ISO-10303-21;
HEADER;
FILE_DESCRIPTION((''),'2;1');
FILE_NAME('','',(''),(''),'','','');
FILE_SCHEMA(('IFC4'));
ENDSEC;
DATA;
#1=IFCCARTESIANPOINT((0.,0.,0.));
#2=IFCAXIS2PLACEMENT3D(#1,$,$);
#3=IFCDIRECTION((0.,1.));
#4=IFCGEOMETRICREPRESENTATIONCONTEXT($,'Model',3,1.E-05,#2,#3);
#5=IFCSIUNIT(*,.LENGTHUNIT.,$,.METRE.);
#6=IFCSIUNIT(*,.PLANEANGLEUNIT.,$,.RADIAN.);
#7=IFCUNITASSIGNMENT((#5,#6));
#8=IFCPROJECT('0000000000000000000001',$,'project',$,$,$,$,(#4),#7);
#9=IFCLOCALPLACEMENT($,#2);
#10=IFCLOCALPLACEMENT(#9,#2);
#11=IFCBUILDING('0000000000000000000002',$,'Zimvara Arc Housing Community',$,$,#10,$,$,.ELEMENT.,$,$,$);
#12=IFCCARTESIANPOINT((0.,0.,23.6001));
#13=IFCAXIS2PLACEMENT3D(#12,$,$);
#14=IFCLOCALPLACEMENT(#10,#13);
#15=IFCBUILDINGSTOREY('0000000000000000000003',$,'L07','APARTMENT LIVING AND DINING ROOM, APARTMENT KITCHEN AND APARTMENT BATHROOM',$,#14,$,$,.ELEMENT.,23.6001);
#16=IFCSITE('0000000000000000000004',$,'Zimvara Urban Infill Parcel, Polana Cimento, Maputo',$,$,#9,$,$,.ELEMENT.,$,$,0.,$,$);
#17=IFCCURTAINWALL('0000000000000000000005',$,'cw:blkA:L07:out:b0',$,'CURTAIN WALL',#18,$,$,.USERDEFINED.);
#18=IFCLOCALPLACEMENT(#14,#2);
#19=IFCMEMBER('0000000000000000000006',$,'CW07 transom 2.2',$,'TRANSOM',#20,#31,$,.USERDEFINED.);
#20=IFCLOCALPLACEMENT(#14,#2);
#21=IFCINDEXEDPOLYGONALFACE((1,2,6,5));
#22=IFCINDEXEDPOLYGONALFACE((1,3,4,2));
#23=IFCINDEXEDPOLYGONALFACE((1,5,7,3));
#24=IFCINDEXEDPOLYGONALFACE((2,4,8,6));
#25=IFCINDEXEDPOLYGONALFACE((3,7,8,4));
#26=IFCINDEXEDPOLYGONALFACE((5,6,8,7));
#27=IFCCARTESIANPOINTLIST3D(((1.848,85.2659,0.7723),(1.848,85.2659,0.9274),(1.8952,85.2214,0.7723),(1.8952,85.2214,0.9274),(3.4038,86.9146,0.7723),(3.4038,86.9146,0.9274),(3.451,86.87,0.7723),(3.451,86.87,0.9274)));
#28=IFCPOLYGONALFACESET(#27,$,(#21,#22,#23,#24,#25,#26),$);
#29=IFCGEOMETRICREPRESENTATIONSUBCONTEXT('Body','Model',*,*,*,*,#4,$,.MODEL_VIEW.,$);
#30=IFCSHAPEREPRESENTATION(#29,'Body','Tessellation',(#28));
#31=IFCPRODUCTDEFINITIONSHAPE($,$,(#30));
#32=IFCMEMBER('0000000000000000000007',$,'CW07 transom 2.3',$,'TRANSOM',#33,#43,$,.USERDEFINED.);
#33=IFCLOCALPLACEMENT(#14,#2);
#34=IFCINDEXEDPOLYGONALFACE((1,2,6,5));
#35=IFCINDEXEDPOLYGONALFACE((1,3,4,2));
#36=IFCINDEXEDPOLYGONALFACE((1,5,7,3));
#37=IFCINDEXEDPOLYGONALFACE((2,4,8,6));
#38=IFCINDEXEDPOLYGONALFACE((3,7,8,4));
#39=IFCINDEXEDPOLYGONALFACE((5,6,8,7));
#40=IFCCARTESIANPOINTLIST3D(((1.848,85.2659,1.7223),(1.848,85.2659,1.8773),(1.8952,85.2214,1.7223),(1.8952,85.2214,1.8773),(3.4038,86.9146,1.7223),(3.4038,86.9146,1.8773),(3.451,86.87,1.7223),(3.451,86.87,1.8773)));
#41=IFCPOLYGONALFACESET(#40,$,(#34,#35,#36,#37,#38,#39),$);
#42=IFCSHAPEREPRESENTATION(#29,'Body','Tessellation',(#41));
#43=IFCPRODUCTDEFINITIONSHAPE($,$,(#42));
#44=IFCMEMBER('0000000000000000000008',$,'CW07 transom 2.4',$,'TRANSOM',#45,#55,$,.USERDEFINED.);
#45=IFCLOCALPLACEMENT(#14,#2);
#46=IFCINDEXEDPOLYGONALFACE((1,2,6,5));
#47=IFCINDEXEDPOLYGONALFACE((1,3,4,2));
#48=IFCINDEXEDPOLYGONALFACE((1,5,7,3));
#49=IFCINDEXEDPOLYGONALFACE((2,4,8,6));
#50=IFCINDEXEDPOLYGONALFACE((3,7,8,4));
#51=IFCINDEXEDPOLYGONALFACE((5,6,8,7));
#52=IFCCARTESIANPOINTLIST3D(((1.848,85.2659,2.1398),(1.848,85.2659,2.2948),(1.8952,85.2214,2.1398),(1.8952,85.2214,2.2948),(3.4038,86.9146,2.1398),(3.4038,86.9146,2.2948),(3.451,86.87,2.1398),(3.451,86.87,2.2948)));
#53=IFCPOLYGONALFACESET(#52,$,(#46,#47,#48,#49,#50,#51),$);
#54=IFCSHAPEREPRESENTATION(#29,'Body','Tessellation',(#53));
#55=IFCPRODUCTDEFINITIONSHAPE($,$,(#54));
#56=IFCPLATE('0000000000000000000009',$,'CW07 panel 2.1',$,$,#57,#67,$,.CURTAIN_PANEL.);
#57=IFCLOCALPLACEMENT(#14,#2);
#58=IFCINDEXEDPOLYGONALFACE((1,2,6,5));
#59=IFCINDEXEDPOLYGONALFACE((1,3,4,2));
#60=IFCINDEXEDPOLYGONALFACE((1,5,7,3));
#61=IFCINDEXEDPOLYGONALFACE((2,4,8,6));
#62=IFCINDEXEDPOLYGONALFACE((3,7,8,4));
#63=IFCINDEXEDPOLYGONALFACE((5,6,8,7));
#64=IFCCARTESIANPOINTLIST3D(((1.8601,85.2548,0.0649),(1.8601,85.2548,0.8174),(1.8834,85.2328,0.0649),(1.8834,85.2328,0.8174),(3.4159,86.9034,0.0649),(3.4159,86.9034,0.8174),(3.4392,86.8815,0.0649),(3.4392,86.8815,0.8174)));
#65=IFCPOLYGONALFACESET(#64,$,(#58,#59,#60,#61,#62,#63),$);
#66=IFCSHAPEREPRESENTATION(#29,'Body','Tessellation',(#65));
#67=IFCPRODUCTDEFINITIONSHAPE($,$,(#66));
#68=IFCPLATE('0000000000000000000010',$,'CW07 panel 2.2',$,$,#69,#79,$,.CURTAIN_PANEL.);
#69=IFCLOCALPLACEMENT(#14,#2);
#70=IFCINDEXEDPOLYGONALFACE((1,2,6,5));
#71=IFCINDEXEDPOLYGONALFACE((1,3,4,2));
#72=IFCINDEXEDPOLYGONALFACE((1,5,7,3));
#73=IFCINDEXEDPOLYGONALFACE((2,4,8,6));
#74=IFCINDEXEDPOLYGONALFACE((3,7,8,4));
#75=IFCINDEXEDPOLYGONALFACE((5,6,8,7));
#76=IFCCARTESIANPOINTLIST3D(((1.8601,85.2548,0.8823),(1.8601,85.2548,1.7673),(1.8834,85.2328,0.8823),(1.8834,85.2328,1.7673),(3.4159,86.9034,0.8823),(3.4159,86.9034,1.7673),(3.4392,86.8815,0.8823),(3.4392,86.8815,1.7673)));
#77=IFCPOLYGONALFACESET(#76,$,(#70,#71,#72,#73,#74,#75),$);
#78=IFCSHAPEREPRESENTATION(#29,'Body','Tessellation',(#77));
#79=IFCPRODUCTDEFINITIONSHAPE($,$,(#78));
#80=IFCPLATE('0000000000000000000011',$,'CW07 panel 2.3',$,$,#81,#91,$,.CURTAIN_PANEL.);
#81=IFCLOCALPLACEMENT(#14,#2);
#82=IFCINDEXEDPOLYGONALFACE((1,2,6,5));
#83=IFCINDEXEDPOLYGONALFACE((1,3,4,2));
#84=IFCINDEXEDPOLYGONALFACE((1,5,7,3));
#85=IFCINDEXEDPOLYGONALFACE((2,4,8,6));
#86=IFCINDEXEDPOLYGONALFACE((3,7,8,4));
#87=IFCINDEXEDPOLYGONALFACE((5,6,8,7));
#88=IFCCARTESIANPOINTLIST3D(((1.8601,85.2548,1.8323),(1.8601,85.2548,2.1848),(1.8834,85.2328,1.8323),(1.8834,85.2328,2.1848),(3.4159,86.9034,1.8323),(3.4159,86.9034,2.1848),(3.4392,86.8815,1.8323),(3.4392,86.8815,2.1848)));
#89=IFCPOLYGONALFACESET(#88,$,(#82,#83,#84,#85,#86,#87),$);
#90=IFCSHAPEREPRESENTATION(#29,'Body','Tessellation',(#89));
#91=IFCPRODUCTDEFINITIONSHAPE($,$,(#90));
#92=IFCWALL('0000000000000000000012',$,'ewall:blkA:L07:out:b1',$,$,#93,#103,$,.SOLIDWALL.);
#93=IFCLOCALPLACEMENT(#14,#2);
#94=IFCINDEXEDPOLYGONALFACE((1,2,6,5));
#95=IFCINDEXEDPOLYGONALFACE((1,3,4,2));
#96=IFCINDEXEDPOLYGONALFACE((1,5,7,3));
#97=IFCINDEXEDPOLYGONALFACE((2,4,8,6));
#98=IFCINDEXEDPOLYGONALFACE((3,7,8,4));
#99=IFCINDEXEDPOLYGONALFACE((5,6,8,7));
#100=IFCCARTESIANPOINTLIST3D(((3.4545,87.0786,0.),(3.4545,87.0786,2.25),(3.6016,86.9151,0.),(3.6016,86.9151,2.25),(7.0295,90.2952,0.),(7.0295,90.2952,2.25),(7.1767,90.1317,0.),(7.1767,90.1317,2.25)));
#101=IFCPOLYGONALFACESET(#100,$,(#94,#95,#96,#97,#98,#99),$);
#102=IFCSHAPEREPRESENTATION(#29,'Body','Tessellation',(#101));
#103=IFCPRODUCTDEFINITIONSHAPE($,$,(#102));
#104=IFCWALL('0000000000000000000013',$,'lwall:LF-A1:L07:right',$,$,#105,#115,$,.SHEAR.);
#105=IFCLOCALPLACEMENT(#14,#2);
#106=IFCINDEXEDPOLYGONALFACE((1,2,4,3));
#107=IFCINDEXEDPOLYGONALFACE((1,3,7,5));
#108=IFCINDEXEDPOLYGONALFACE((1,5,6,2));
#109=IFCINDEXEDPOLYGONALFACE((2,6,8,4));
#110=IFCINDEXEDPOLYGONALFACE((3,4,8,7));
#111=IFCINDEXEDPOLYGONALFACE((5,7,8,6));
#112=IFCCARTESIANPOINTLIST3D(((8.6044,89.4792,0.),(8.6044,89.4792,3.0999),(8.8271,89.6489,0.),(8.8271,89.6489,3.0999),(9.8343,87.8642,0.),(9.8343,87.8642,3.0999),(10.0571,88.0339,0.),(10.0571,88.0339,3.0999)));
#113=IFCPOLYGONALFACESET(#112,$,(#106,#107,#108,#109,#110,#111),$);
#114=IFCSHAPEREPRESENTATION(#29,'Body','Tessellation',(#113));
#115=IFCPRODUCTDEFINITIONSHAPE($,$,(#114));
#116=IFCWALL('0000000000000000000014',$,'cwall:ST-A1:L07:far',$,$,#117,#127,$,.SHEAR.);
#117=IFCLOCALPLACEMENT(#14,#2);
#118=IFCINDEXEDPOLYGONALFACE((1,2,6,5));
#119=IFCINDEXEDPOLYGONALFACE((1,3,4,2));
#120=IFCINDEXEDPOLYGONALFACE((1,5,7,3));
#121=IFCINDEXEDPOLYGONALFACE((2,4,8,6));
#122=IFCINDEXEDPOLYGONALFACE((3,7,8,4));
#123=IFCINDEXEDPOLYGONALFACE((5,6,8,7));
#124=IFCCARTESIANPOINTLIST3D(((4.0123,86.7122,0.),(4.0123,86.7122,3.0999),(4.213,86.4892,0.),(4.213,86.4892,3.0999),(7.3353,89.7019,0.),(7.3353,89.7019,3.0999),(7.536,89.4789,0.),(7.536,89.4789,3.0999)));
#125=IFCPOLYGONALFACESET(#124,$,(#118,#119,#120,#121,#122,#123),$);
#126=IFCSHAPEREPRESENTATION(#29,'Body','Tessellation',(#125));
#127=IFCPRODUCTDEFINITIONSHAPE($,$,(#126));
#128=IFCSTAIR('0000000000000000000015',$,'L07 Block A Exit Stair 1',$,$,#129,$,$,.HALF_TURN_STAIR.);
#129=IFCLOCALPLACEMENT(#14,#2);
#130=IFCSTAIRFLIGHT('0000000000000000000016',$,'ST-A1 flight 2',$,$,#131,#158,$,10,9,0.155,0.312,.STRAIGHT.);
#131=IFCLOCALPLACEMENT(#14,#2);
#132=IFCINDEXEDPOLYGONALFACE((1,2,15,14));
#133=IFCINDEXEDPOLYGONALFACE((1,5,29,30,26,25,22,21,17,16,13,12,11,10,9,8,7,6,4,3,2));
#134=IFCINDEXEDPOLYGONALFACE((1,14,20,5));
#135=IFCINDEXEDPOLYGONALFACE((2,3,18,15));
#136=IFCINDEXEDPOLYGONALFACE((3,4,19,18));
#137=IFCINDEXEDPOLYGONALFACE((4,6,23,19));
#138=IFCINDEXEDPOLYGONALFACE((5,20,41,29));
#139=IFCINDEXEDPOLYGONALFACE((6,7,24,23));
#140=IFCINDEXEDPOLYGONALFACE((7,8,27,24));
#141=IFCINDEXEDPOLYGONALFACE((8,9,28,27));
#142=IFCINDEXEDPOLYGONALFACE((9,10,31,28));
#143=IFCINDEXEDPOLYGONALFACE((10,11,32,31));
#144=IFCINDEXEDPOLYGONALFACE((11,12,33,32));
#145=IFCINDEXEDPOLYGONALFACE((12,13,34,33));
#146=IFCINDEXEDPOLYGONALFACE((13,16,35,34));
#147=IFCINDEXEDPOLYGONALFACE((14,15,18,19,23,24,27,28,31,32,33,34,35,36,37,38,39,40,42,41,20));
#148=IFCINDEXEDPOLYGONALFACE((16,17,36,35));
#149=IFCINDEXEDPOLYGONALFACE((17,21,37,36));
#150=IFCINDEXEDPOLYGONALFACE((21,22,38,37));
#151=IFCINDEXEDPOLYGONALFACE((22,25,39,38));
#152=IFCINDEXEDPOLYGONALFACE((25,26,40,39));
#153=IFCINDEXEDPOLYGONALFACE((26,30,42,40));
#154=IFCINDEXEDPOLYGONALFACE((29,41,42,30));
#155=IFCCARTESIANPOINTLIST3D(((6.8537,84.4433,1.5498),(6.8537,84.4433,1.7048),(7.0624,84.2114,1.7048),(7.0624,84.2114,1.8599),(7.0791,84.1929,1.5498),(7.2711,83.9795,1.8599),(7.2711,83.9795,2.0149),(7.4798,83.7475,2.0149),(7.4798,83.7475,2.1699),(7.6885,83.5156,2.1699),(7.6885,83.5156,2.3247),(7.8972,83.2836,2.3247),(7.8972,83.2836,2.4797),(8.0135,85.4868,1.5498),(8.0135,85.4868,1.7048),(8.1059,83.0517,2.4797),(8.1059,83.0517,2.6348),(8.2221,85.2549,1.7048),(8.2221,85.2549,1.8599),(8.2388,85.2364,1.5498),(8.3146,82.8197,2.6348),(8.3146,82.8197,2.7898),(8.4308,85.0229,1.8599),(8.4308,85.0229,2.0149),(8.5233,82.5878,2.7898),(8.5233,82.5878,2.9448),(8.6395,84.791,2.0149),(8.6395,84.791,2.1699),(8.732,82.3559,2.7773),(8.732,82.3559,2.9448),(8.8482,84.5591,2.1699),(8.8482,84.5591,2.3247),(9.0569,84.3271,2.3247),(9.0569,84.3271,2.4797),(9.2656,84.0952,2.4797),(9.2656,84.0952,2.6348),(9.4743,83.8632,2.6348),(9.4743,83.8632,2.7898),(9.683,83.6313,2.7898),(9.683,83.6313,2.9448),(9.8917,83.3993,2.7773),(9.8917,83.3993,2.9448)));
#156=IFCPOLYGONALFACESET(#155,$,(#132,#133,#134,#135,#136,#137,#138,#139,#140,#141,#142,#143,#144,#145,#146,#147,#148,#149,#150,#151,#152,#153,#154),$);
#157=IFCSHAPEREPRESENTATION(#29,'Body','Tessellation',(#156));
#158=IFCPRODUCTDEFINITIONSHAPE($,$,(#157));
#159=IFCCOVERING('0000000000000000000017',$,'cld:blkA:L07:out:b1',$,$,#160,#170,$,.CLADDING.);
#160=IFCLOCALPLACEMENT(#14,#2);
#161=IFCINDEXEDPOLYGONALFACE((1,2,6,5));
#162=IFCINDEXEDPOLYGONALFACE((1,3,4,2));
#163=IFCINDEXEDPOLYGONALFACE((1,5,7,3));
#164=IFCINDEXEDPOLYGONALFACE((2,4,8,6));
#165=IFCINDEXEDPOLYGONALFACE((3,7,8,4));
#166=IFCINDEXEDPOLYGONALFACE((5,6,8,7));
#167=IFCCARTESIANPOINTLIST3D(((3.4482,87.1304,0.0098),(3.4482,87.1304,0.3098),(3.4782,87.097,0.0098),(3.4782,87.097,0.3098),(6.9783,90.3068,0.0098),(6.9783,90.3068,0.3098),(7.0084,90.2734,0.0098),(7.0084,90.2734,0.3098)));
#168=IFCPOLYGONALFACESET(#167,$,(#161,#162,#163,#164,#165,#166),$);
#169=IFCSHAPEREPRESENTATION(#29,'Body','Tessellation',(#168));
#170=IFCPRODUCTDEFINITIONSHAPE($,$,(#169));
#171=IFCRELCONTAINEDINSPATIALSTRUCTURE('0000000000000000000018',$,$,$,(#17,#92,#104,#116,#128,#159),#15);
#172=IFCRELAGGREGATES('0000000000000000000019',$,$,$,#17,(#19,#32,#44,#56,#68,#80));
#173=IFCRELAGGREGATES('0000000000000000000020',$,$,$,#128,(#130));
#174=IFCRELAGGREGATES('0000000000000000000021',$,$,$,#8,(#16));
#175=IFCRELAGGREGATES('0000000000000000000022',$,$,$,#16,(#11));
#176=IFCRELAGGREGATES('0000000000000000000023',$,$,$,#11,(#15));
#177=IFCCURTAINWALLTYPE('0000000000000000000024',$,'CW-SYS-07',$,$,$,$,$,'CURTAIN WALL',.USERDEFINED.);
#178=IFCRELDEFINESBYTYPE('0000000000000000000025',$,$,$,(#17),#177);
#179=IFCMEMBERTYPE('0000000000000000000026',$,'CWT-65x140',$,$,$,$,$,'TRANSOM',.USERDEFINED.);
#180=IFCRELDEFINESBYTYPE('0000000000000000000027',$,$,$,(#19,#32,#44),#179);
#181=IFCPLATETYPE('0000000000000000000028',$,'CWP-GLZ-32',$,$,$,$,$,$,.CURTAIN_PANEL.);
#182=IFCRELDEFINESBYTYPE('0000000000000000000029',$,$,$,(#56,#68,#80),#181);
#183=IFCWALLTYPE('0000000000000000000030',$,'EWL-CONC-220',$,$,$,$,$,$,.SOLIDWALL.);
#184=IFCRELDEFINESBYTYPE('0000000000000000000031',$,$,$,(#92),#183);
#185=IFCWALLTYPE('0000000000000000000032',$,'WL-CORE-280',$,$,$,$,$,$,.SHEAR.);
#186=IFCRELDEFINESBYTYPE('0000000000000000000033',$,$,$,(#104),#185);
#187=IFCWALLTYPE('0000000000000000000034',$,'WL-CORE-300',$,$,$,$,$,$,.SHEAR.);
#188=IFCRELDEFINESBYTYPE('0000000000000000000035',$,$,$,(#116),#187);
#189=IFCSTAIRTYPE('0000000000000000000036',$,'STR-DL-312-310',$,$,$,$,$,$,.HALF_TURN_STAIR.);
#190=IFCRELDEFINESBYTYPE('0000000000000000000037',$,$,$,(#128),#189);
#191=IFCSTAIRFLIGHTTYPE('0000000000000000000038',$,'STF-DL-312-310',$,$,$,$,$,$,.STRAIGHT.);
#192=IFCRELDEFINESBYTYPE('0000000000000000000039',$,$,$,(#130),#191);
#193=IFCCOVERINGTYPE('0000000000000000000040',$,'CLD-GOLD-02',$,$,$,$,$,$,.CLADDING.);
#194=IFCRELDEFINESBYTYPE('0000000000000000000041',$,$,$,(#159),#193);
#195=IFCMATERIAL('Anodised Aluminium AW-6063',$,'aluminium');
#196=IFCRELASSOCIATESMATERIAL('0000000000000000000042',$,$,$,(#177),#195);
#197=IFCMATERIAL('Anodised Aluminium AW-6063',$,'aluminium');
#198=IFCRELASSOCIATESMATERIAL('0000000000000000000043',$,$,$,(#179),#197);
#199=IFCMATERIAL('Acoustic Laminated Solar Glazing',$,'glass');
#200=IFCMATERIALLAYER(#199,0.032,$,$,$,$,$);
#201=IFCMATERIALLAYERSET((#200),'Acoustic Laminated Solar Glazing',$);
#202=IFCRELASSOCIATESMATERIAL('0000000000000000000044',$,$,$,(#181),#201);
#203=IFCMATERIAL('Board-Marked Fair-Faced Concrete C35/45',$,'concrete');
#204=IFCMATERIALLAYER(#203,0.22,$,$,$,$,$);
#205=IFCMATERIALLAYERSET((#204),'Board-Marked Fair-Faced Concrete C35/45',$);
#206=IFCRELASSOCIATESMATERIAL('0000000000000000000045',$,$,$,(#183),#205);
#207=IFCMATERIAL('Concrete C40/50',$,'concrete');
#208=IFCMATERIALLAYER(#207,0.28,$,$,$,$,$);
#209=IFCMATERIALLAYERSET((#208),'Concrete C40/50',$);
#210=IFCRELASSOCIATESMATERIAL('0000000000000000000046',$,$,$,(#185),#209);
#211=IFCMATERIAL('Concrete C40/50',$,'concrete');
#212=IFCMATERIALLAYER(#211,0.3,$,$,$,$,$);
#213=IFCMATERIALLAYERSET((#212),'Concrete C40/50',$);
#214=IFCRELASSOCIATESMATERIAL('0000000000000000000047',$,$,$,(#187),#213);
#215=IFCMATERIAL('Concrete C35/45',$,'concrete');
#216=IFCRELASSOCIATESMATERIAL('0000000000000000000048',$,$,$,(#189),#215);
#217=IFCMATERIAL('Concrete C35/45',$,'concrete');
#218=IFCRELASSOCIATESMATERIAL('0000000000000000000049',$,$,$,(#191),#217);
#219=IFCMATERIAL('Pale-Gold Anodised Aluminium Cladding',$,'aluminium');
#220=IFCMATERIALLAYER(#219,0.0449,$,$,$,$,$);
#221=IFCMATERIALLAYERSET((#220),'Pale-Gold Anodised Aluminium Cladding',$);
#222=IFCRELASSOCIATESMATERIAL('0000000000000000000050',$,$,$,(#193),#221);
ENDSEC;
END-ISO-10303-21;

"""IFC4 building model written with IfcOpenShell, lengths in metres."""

from ifc_helpers import new_model, si_unit, direction, frame, frame_2d, origin, origin_2d, place, context, subcontext, project, spatial, polyline, rectangle, outline, extrude, material, layer, layer_set, material_profile, profile_set, type_object, element, aggregate, save


model = new_model("IFC4")

# Units and contexts
model_context = context("Model", 3, precision=1e-05, world=origin(), true_north=direction((0.0, 1.0)))
body_context = subcontext(model_context, "Body", "Model", "MODEL_VIEW")
ifc_project = project(units=[si_unit("LENGTHUNIT", "METRE"), si_unit("PLANEANGLEUNIT", "RADIAN")], contexts=[model_context])

# Site, building, storey
site_placement = place(None, origin())
site = spatial("IfcSite", under=ifc_project, at=site_placement, Name="Zimvara Urban Infill Parcel, Polana Cimento, Maputo", CompositionType="ELEMENT", RefElevation=0.0)
building_placement = place(site_placement, origin())
building = spatial("IfcBuilding", under=site, at=building_placement, Name="Zimvara Arc Housing Community", CompositionType="ELEMENT")
storey_placement = place(building_placement, frame((0.0, 0.0, 23.6001)))
storey = spatial("IfcBuildingStorey", under=building, at=storey_placement, Name="L07", Description="APARTMENT LIVING AND DINING ROOM, APARTMENT KITCHEN AND APARTMENT BATHROOM", CompositionType="ELEMENT", Elevation=23.6001)

# Curtain wall, members, plates
ifc_material_1 = material(Name="Anodised Aluminium AW-6063", Category="aluminium")
curtain_wall_type = type_object("IfcCurtainWallType", Name="CW-SYS-07", ElementType="CURTAIN WALL", PredefinedType="USERDEFINED", material=ifc_material_1)
curtain_wall_placement = place(storey_placement, origin())
curtain_wall = element("IfcCurtainWall", 1, at=curtain_wall_placement, inside=storey, type_object=curtain_wall_type, Name="cw:blkA:L07:out:b0", ObjectType="CURTAIN WALL", PredefinedType="USERDEFINED")
ifc_material_2 = material(Name="Anodised Aluminium AW-6063", Category="aluminium")
ifc_material_profile_1 = material_profile(ifc_material_2, rectangle(XDim=0.0649, YDim=0.155, at=origin_2d()), Name="ALU 65x155")
ifc_profile_set_1 = profile_set([ifc_material_profile_1], Name="Anodised Aluminium AW-6063")
member_type_1 = type_object("IfcMemberType", Name="CWT-65x140", ElementType="TRANSOM", PredefinedType="USERDEFINED", material=ifc_profile_set_1)
member_1_placement = place(storey_placement, frame((1.8716, 85.2437, 0.8499), z_axis=(0.686348, 0.727273, 0.0), x_axis=(-0.727273, 0.686348, 0.0)))
member_1 = element("IfcMember", 2, at=member_1_placement, type_object=member_type_1, Name="CW07 transom 2.2", ObjectType="TRANSOM", PredefinedType="USERDEFINED", context=body_context, shape_type="SweptSolid", body=[
    extrude(rectangle(XDim=0.0649, YDim=0.155, at=origin_2d()), origin(), (0.0, 0.0, 1.0), 2.2668),
])
member_2_placement = place(storey_placement, frame((1.8716, 85.2437, 1.7998), z_axis=(0.686348, 0.727273, 0.0), x_axis=(-0.727273, 0.686348, 0.0)))
member_2 = element("IfcMember", 3, at=member_2_placement, type_object=member_type_1, Name="CW07 transom 2.3", ObjectType="TRANSOM", PredefinedType="USERDEFINED", context=body_context, shape_type="SweptSolid", body=[
    extrude(rectangle(XDim=0.0649, YDim=0.155, at=origin_2d()), origin(), (0.0, 0.0, 1.0), 2.2668),
])
member_3_placement = place(storey_placement, frame((1.8716, 85.2437, 2.2173), z_axis=(0.686348, 0.727273, 0.0), x_axis=(-0.727273, 0.686348, 0.0)))
member_3 = element("IfcMember", 4, at=member_3_placement, type_object=member_type_1, Name="CW07 transom 2.4", ObjectType="TRANSOM", PredefinedType="USERDEFINED", context=body_context, shape_type="SweptSolid", body=[
    extrude(rectangle(XDim=0.0649, YDim=0.155, at=origin_2d()), origin(), (0.0, 0.0, 1.0), 2.2668),
])
ifc_material_3 = material(Name="Acoustic Laminated Solar Glazing", Category="glass")
ifc_layer_1 = layer(ifc_material_3, 0.032)
ifc_layer_set_1 = layer_set([ifc_layer_1], Name="Acoustic Laminated Solar Glazing")
plate_type = type_object("IfcPlateType", Name="CWP-GLZ-32", PredefinedType="CURTAIN_PANEL", material=ifc_layer_set_1)
plate_1_placement = place(storey_placement, frame((2.6497, 86.0681, 0.0649), z_axis=(0.0, 0.0, 1.0), x_axis=(0.686326, 0.727294, 0.0)))
plate_1 = element("IfcPlate", 5, at=plate_1_placement, type_object=plate_type, Name="CW07 panel 2.1", PredefinedType="CURTAIN_PANEL", context=body_context, shape_type="SweptSolid", body=[
    extrude(rectangle(XDim=2.2668, YDim=0.032, at=origin_2d()), origin(), (0.0, 0.0, 1.0), 0.7524),
])
plate_2_placement = place(storey_placement, frame((2.6497, 86.0681, 0.8823), z_axis=(0.0, 0.0, 1.0), x_axis=(0.686326, 0.727294, 0.0)))
plate_2 = element("IfcPlate", 6, at=plate_2_placement, type_object=plate_type, Name="CW07 panel 2.2", PredefinedType="CURTAIN_PANEL", context=body_context, shape_type="SweptSolid", body=[
    extrude(rectangle(XDim=2.2668, YDim=0.032, at=origin_2d()), origin(), (0.0, 0.0, 1.0), 0.885),
])
plate_3_placement = place(storey_placement, frame((2.6497, 86.0681, 1.8323), z_axis=(0.0, 0.0, 1.0), x_axis=(0.686326, 0.727294, 0.0)))
plate_3 = element("IfcPlate", 7, at=plate_3_placement, type_object=plate_type, Name="CW07 panel 2.3", PredefinedType="CURTAIN_PANEL", context=body_context, shape_type="SweptSolid", body=[
    extrude(rectangle(XDim=2.2668, YDim=0.032, at=origin_2d()), origin(), (0.0, 0.0, 1.0), 0.3525),
])
aggregate(curtain_wall, [member_1, member_2, member_3, plate_1, plate_2, plate_3])

# Walls
ifc_material_4 = material(Name="Board-Marked Fair-Faced Concrete C35/45", Category="concrete")
ifc_layer_2 = layer(ifc_material_4, 0.22)
ifc_layer_set_2 = layer_set([ifc_layer_2], Name="Board-Marked Fair-Faced Concrete C35/45")
wall_type_1 = type_object("IfcWallType", Name="EWL-CONC-220", PredefinedType="SOLIDWALL", material=ifc_layer_set_2)
wall_1_placement = place(storey_placement, frame((3.5281, 86.9968, 0.0), z_axis=(0.0, 0.0, 1.0), x_axis=(0.743388, 0.668861, 0.0)))
element("IfcWall", 8, at=wall_1_placement, inside=storey, type_object=wall_type_1, Name="ewall:blkA:L07:out:b1", PredefinedType="SOLIDWALL", context=body_context, shape_type="SweptSolid", body=[
    extrude(rectangle(XDim=4.8091, YDim=0.22, at=frame_2d((2.4045, 0.0))), origin(), (0.0, 0.0, 1.0), 2.25),
])
ifc_material_5 = material(Name="Concrete C40/50", Category="concrete")
ifc_layer_3 = layer(ifc_material_5, 0.28)
ifc_layer_set_3 = layer_set([ifc_layer_3], Name="Concrete C40/50")
wall_type_2 = type_object("IfcWallType", Name="WL-CORE-280", PredefinedType="SHEAR", material=ifc_layer_set_3)
wall_2_placement = place(storey_placement, frame((9.9458, 87.949, 0.0), z_axis=(0.0, 0.0, 1.0), x_axis=(-0.605891, 0.795548, 0.0)))
element("IfcWall", 9, at=wall_2_placement, inside=storey, type_object=wall_type_2, Name="lwall:LF-A1:L07:right", PredefinedType="SHEAR", context=body_context, shape_type="SweptSolid", body=[
    extrude(rectangle(XDim=2.03, YDim=0.28, at=frame_2d((1.0151, 0.0))), origin(), (0.0, 0.0, 1.0), 3.0999),
])
ifc_material_6 = material(Name="Concrete C40/50", Category="concrete")
ifc_layer_4 = layer(ifc_material_6, 0.3)
ifc_layer_set_4 = layer_set([ifc_layer_4], Name="Concrete C40/50")
wall_type_3 = type_object("IfcWallType", Name="WL-CORE-300", PredefinedType="SHEAR", material=ifc_layer_set_4)
wall_3_placement = place(storey_placement, frame((7.4355, 89.5903, 0.0), z_axis=(0.0, 0.0, 1.0), x_axis=(-0.7434, -0.668847, 0.0)))
element("IfcWall", 10, at=wall_3_placement, inside=storey, type_object=wall_type_3, Name="cwall:ST-A1:L07:far", PredefinedType="SHEAR", context=body_context, shape_type="SweptSolid", body=[
    extrude(rectangle(XDim=4.47, YDim=0.3, at=frame_2d((2.2349, 0.0))), origin(), (0.0, 0.0, 1.0), 3.0999),
])

# Stair, stair flight
ifc_material_7 = material(Name="Concrete C35/45", Category="concrete")
stair_type = type_object("IfcStairType", Name="STR-DL-312-310", PredefinedType="HALF_TURN_STAIR", material=ifc_material_7)
stair_placement = place(storey_placement, origin())
stair = element("IfcStair", 11, at=stair_placement, inside=storey, type_object=stair_type, Name="L07 Block A Exit Stair 1", PredefinedType="HALF_TURN_STAIR")
ifc_material_8 = material(Name="Concrete C35/45", Category="concrete")
stair_flight_type = type_object("IfcStairFlightType", Name="STF-DL-312-310", PredefinedType="STRAIGHT", material=ifc_material_8)
stair_flight_placement = place(storey_placement, frame((7.4336, 84.9651, 1.5498), z_axis=(0.0, 0.0, 1.0), x_axis=(0.668871, -0.743378, 0.0)))
stair_flight = element("IfcStairFlight", 12, at=stair_flight_placement, type_object=stair_flight_type, Name="ST-A1 flight 2", NumberOfRisers=10, NumberOfTreads=9, PredefinedType="STRAIGHT", RiserHeight=0.155, TreadLength=0.312, context=body_context, shape_type="SweptSolid", body=[
    extrude(outline(polyline([(0.0, 0.0), (0.0, 0.155), (0.312, 0.155), (0.312, 0.3101), (0.624, 0.3101), (0.624, 0.4651), (0.936, 0.4651), (0.936, 0.6201), (1.248, 0.6201), (1.248, 0.7749), (1.5601, 0.7749), (1.5601, 0.9299), (1.8721, 0.9299), (1.8721, 1.085), (2.1841, 1.085), (2.1841, 1.24), (2.4961, 1.24), (2.4961, 1.395), (2.8081, 1.395), (2.8081, 1.55), (2.8081, 1.2275), (0.3369, 0.0), (0.0, 0.0)])), frame((0.0, 0.78, 0.0), z_axis=(0.0, -1.0, 0.0), x_axis=(1.0, 0.0, 0.0)), (0.0, 0.0, 1.0), 1.5601),
])
aggregate(stair, [stair_flight])

# Covering
ifc_material_9 = material(Name="Pale-Gold Anodised Aluminium Cladding", Category="aluminium")
ifc_layer_5 = layer(ifc_material_9, 0.0449)
ifc_layer_set_5 = layer_set([ifc_layer_5], Name="Pale-Gold Anodised Aluminium Cladding")
covering_type = type_object("IfcCoveringType", Name="CLD-GOLD-02", PredefinedType="CLADDING", material=ifc_layer_set_5)
covering_placement = place(storey_placement, frame((5.2283, 88.7019, 0.0098), z_axis=(0.0, 0.0, 1.0), x_axis=(0.743377, 0.668872, 0.0)))
element("IfcCovering", 13, at=covering_placement, inside=storey, type_object=covering_type, Name="cld:blkA:L07:out:b1", PredefinedType="CLADDING", context=body_context, shape_type="SweptSolid", body=[
    extrude(rectangle(XDim=4.7488, YDim=0.0449, at=origin_2d()), origin(), (0.0, 0.0, 1.0), 0.3),
])

save(model, "model.ifc")
